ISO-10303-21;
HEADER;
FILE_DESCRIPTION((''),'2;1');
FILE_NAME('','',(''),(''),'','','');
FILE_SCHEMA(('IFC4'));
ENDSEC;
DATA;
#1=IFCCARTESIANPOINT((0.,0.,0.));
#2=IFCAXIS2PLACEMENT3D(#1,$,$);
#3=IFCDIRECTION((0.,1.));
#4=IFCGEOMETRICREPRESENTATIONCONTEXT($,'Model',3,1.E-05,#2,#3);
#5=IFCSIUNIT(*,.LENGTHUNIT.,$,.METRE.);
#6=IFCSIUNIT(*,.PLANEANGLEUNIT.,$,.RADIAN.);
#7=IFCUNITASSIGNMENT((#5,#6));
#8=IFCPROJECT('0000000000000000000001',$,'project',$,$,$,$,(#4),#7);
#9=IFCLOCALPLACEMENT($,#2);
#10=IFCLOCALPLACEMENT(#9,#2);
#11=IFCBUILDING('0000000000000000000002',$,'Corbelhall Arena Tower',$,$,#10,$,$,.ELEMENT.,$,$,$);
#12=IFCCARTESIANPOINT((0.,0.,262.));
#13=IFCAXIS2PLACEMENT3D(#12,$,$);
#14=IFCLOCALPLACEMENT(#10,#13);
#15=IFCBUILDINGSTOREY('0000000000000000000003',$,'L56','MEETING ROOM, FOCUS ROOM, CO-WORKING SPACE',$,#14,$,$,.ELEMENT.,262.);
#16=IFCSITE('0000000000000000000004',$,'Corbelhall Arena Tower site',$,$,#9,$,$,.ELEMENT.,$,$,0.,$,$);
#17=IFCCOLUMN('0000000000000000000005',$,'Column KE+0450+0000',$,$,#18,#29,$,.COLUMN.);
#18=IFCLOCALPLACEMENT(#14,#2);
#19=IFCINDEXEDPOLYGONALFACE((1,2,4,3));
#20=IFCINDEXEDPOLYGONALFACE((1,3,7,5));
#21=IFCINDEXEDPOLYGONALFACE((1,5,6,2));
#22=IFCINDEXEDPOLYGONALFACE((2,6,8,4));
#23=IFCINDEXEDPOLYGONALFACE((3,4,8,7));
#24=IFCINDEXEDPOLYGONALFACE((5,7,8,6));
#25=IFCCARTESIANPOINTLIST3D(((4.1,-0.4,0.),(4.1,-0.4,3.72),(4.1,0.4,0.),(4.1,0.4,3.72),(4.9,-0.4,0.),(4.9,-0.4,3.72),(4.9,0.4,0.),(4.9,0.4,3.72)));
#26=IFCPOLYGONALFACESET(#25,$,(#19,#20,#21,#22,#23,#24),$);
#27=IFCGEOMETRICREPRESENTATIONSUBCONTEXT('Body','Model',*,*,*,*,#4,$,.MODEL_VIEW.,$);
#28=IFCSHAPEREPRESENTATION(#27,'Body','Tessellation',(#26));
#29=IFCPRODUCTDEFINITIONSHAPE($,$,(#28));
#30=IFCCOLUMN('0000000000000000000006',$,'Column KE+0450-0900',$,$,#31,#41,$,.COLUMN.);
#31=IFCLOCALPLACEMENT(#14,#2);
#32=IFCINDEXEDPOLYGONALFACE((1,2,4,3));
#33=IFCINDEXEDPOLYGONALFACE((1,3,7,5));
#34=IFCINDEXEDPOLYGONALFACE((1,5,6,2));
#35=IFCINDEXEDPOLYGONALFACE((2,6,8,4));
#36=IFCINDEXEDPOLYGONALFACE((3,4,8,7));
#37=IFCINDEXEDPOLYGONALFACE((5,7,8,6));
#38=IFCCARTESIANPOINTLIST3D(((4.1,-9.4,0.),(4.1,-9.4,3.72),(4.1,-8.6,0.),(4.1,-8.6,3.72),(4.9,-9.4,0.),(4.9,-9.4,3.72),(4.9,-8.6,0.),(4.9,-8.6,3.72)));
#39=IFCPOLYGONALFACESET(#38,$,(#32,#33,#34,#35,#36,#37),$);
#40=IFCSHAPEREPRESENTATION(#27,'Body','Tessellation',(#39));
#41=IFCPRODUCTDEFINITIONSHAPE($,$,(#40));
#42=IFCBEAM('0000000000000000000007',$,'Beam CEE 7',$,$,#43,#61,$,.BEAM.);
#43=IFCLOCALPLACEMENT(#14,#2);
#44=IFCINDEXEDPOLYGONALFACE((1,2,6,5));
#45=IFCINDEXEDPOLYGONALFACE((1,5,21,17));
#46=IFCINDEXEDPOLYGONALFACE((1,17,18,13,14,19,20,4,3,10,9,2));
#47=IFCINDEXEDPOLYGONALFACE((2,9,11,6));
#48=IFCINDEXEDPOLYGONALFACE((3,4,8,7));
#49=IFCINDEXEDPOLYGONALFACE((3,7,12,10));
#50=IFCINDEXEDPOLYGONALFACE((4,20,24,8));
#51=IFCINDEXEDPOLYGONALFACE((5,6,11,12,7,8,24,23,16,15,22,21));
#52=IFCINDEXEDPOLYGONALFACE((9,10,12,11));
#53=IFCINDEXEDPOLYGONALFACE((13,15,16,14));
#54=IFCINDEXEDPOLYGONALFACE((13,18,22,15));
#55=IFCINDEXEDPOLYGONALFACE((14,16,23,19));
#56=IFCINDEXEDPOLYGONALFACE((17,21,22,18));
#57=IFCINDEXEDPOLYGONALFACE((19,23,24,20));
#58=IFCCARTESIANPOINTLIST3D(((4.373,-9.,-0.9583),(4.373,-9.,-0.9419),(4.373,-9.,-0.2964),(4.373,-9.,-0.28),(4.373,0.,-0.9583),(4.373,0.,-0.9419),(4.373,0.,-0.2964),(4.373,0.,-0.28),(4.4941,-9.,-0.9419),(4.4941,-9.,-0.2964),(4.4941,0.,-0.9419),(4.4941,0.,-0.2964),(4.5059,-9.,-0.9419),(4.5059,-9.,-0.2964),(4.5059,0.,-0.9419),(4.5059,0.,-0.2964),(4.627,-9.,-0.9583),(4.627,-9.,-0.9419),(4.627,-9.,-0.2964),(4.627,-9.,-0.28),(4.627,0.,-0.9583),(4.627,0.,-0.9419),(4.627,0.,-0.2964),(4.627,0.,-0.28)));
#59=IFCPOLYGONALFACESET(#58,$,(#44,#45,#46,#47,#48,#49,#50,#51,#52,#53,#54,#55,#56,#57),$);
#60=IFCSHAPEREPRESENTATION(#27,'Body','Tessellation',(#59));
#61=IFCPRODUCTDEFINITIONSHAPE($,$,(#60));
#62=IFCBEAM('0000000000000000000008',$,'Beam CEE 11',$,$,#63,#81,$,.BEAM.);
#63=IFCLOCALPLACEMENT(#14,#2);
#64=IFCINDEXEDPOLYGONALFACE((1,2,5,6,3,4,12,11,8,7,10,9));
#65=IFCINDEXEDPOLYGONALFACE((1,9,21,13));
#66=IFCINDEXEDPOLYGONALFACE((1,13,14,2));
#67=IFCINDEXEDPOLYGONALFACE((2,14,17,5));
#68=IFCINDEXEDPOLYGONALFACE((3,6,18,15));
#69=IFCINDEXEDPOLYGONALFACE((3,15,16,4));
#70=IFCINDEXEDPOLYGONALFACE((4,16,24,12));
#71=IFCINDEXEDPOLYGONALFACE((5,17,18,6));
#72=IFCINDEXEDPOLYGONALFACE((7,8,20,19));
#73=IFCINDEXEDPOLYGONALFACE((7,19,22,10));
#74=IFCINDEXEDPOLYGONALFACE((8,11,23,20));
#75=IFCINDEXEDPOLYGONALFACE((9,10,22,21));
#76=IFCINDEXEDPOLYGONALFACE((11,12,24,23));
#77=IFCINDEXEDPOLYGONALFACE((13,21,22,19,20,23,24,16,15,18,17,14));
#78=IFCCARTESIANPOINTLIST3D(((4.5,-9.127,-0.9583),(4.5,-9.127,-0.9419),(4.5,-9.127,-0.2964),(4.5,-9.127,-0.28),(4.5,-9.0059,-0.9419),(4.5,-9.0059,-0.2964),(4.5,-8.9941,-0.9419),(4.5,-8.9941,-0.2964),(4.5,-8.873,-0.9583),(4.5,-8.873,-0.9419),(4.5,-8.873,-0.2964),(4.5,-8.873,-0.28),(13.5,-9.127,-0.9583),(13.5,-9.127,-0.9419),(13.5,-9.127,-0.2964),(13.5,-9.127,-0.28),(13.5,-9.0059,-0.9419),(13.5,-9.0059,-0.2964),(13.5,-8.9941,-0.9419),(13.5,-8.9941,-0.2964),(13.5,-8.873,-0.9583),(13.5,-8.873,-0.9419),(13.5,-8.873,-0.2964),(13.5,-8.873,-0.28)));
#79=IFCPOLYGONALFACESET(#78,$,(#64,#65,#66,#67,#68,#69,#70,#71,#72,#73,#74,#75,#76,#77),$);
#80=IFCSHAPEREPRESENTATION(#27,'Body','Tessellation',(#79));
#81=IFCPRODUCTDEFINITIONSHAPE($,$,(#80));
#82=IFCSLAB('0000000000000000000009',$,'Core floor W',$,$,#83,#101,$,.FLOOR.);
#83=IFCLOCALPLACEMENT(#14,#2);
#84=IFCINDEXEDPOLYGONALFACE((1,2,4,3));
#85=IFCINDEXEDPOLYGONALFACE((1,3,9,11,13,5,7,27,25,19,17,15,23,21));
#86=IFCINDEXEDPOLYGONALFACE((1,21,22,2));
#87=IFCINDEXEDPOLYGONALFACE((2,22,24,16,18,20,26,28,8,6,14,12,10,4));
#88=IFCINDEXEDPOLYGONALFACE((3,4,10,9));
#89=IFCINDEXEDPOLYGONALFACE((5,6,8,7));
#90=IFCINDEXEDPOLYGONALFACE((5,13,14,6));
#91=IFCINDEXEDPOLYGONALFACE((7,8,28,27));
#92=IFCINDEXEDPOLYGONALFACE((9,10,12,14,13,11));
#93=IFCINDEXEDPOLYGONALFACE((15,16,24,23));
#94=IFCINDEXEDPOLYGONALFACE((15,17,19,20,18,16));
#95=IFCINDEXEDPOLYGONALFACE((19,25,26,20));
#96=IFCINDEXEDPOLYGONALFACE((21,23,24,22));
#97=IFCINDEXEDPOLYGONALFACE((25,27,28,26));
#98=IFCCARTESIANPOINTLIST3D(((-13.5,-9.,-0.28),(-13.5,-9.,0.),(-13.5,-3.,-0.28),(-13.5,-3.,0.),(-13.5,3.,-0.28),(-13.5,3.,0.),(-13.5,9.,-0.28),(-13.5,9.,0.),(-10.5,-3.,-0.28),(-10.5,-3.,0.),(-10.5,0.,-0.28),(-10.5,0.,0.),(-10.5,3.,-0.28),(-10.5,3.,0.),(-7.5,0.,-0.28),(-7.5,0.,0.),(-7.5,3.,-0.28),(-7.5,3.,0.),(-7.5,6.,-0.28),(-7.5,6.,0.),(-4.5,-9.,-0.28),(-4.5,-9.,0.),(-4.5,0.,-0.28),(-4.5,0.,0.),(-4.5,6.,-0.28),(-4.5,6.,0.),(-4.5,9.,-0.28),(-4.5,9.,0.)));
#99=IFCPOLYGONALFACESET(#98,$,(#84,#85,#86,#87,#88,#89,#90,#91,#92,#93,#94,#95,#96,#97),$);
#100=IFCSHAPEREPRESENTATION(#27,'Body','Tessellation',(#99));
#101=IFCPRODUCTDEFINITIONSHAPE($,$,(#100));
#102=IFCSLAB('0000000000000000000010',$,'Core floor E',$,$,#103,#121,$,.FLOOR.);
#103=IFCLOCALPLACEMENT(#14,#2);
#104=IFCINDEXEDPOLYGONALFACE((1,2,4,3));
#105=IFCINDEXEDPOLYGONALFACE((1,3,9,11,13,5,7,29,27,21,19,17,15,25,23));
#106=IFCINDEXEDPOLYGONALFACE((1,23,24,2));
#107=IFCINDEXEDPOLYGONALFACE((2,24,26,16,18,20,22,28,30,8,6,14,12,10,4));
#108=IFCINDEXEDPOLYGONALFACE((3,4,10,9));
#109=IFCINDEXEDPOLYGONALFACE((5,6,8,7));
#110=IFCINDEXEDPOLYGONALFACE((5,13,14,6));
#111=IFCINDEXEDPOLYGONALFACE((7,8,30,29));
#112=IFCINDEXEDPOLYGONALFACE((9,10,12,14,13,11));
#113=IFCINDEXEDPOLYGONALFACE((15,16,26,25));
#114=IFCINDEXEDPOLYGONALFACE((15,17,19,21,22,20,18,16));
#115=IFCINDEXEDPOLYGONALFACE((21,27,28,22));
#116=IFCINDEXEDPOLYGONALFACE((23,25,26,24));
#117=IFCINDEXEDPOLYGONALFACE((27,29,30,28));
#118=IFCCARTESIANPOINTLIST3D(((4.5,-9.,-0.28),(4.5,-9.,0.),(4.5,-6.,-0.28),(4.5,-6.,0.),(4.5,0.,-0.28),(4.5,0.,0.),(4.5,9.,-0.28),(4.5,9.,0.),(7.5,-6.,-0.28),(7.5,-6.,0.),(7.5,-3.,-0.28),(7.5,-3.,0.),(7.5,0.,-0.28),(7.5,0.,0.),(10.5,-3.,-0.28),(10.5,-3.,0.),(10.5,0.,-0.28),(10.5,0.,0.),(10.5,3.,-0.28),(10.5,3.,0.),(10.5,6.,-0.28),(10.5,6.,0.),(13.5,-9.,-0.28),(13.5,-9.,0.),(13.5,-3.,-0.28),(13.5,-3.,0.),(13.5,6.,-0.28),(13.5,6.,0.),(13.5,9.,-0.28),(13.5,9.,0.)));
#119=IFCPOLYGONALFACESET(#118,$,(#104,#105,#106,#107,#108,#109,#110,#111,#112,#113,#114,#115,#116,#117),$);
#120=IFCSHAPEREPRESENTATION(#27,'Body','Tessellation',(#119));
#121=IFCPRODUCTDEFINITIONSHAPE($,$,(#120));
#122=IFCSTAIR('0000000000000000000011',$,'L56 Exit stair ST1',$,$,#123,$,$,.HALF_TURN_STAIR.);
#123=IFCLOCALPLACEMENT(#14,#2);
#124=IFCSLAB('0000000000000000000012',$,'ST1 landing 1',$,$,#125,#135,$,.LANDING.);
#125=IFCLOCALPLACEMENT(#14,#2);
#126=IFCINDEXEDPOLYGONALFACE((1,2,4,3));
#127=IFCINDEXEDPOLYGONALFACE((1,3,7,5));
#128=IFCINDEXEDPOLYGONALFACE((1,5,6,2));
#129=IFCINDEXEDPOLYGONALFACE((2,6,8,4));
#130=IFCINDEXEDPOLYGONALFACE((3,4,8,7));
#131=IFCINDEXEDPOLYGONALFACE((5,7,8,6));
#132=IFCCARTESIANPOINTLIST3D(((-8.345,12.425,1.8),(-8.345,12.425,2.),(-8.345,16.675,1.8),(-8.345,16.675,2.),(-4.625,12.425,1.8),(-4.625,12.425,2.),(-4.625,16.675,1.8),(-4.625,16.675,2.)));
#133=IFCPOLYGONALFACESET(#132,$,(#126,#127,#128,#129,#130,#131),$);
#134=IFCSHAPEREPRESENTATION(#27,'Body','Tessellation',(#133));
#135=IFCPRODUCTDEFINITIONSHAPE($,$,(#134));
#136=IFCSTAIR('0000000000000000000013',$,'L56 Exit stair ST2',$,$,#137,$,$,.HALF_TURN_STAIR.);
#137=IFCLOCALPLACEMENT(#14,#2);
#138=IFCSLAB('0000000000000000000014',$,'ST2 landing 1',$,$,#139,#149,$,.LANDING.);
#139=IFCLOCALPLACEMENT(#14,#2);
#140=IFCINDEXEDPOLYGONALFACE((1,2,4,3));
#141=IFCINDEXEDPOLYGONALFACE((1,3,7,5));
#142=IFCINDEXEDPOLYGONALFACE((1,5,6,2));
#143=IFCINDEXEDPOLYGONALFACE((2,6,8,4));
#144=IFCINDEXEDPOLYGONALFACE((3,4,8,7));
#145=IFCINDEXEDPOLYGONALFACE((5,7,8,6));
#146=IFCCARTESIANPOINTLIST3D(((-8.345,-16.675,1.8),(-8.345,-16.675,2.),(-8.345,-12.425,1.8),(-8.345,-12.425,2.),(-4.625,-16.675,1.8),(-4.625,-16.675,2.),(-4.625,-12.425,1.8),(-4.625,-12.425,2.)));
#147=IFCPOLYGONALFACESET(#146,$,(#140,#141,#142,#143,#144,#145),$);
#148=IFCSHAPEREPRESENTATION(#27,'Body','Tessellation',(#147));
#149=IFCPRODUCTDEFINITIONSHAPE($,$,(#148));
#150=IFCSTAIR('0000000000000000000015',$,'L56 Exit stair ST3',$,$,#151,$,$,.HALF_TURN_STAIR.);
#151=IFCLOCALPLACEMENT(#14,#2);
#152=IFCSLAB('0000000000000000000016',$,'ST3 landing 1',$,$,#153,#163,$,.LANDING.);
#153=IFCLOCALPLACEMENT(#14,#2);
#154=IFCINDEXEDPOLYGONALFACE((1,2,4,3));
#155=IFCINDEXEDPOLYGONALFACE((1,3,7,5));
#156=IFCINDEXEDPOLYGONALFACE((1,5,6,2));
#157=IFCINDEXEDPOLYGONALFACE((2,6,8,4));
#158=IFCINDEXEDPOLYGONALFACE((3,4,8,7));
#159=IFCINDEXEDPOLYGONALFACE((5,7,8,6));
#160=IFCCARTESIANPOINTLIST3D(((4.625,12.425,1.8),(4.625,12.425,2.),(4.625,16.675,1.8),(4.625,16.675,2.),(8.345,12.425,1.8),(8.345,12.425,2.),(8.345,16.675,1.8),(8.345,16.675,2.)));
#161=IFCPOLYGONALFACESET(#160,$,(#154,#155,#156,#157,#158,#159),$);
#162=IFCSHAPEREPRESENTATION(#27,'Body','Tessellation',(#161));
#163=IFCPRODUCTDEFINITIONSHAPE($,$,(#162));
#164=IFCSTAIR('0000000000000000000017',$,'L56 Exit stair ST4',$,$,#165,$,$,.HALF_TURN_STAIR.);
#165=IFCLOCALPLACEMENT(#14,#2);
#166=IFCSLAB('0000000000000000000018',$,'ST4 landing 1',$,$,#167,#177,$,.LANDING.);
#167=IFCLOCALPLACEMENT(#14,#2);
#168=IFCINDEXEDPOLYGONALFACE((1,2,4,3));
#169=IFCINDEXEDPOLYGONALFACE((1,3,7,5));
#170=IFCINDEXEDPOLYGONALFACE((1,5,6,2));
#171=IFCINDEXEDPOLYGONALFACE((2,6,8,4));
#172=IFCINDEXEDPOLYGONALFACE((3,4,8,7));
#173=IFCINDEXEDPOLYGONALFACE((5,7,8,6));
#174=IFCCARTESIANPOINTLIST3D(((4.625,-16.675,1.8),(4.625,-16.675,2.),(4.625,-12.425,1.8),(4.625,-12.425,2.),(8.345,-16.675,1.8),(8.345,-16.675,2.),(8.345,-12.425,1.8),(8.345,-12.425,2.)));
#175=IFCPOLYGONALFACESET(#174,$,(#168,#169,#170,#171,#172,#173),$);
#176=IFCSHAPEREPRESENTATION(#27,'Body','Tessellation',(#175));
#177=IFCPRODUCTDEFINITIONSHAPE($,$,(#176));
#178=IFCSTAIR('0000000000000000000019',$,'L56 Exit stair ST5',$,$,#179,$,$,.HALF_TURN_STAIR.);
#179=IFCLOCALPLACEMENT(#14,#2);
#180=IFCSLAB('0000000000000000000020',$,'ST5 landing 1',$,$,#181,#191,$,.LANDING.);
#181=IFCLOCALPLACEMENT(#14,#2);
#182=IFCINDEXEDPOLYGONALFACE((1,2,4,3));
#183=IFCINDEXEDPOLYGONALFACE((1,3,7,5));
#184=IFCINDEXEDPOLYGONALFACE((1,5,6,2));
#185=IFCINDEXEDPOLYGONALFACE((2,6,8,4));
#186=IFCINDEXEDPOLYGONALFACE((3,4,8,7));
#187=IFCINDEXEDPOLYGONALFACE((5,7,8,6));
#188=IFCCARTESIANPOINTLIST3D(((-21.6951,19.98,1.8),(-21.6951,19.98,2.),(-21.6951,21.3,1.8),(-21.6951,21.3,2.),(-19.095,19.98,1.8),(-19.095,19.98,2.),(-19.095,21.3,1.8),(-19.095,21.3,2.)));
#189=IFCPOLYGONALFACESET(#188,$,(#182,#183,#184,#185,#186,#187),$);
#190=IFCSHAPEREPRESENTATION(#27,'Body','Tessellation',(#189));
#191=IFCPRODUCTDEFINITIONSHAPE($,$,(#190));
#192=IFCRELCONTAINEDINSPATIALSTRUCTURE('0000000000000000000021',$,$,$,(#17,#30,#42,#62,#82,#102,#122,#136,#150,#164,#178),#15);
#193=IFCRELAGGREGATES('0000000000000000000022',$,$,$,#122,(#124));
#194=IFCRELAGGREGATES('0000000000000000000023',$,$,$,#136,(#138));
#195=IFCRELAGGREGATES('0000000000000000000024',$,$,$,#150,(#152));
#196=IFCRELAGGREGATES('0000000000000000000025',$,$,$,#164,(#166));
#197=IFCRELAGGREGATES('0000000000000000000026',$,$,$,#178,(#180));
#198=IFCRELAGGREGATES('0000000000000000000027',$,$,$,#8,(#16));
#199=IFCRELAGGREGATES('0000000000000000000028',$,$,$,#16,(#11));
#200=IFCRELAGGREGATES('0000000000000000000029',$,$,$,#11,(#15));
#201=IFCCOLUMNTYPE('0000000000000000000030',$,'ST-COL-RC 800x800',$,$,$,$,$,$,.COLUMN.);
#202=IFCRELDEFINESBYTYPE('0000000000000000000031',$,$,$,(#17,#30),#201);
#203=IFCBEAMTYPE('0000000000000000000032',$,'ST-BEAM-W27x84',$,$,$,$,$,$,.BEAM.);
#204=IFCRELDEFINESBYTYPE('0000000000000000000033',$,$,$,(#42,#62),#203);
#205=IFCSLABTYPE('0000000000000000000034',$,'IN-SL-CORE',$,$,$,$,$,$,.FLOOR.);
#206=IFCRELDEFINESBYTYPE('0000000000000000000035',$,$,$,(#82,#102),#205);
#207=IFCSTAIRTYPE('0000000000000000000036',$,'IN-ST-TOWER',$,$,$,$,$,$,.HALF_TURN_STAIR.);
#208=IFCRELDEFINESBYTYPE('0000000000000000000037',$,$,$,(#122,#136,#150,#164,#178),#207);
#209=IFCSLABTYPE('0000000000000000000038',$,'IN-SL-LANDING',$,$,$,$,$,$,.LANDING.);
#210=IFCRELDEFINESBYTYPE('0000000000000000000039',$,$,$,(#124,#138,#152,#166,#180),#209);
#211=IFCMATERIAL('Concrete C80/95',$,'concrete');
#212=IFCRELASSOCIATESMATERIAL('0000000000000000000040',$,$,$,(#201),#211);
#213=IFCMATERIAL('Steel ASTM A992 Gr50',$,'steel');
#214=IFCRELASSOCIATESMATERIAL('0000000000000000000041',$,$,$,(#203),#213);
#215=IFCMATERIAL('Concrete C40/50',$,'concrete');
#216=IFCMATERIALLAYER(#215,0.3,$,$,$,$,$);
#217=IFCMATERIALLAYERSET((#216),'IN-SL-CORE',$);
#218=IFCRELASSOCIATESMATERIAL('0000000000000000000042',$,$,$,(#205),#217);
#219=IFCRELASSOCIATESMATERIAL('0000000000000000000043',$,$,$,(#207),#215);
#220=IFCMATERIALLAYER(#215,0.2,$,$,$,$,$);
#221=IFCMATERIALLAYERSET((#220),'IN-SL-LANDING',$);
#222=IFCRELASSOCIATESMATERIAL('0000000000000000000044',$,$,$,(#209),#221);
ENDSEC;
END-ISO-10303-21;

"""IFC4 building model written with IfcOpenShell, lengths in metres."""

from ifc_helpers import new_model, si_unit, direction, frame, origin, origin_2d, place, context, subcontext, project, spatial, polyline, rectangle, i_section, outline, extrude, material, layer, layer_set, material_profile, profile_set, type_object, element, aggregate, save


model = new_model("IFC4")

# Units and contexts
model_context = context("Model", 3, precision=1e-05, world=origin(), true_north=direction((0.0, 1.0)))
body_context = subcontext(model_context, "Body", "Model", "MODEL_VIEW")
ifc_project = project(units=[si_unit("LENGTHUNIT", "METRE"), si_unit("PLANEANGLEUNIT", "RADIAN")], contexts=[model_context])

# Site, building, storey
site_placement = place(None, origin())
site = spatial("IfcSite", under=ifc_project, at=site_placement, Name="Corbelhall Arena Tower site", CompositionType="ELEMENT", RefElevation=0.0)
building_placement = place(site_placement, origin())
building = spatial("IfcBuilding", under=site, at=building_placement, Name="Corbelhall Arena Tower", CompositionType="ELEMENT")
storey_placement = place(building_placement, frame((0.0, 0.0, 262.0)))
storey = spatial("IfcBuildingStorey", under=building, at=storey_placement, Name="L56", Description="MEETING ROOM, FOCUS ROOM, CO-WORKING SPACE", CompositionType="ELEMENT", Elevation=262.0)

# Columns
ifc_material_1 = material(Name="Concrete C80/95", Category="concrete")
ifc_material_profile_1 = material_profile(ifc_material_1, rectangle(XDim=0.8, YDim=0.8, at=origin_2d()))
ifc_profile_set_1 = profile_set([ifc_material_profile_1], Name="Concrete C80/95")
column_type = type_object("IfcColumnType", Name="ST-COL-RC 800x800", PredefinedType="COLUMN", material=ifc_profile_set_1)
for number, where, z_axis, x_axis, name in (
    (1, (4.5, 0.0, 0.0), (0.0, 0.0, 1.0), (1.0, 0.0, 0.0), "Column KE+0450+0000"),
    (2, (4.5, -9.0, 0.0), (0.0, 0.0, 1.0), (1.0, 0.0, 0.0), "Column KE+0450-0900"),
):
    element("IfcColumn", number, at=place(storey_placement, frame(where, z_axis=z_axis, x_axis=x_axis)), inside=storey, type_object=column_type, Name=name, PredefinedType="COLUMN", context=body_context, shape_type="SweptSolid", body=[
        extrude(rectangle(XDim=0.8, YDim=0.8, at=origin_2d()), origin(), (0.0, 0.0, 1.0), 3.72),
    ])

# Beams
ifc_material_2 = material(Name="Steel ASTM A992 Gr50", Category="steel")
ifc_material_profile_2 = material_profile(ifc_material_2, i_section(OverallWidth=0.2539, OverallDepth=0.6782, WebThickness=0.0117, FlangeThickness=0.0164, at=origin_2d()))
ifc_profile_set_2 = profile_set([ifc_material_profile_2], Name="Steel ASTM A992 Gr50")
beam_type = type_object("IfcBeamType", Name="ST-BEAM-W27x84", PredefinedType="BEAM", material=ifc_profile_set_2)
for number, where, z_axis, x_axis, name in (
    (3, (4.5, -9.0, -0.6191), (0.0, 1.0, 0.0), (-1.0, 0.0, 0.0), "Beam CEE 7"),
    (4, (4.5, -9.0, -0.6191), (1.0, 0.0, 0.0), (0.0, 1.0, 0.0), "Beam CEE 11"),
):
    element("IfcBeam", number, at=place(storey_placement, frame(where, z_axis=z_axis, x_axis=x_axis)), inside=storey, type_object=beam_type, Name=name, PredefinedType="BEAM", context=body_context, shape_type="SweptSolid", body=[
        extrude(i_section(OverallWidth=0.2539, OverallDepth=0.6782, WebThickness=0.0117, FlangeThickness=0.0164, at=origin_2d()), origin(), (0.0, 0.0, 1.0), 9.0),
    ])

# Slabs
ifc_material_3 = material(Name="Concrete C40/50", Category="concrete")
ifc_layer_1 = layer(ifc_material_3, 0.3)
ifc_layer_set_1 = layer_set([ifc_layer_1], Name="IN-SL-CORE")
slab_type_1 = type_object("IfcSlabType", Name="IN-SL-CORE", PredefinedType="FLOOR", material=ifc_layer_set_1)
slab_1_placement = place(storey_placement, frame((0.0, 0.0, -0.28)))
element("IfcSlab", 5, at=slab_1_placement, inside=storey, type_object=slab_type_1, Name="Core floor W", PredefinedType="FLOOR", context=body_context, shape_type="SweptSolid", body=[
    extrude(outline(polyline([(-10.5, -3.0), (-13.5, -3.0), (-13.5, -9.0), (-4.5, -9.0), (-4.5, 0.0), (-7.5, 0.0), (-7.5, 3.0), (-7.5, 6.0), (-4.5, 6.0), (-4.5, 9.0), (-13.5, 9.0), (-13.5, 3.0), (-10.5, 3.0), (-10.5, 0.0), (-10.5, -3.0)])), origin(), (0.0, 0.0, 1.0), 0.28),
])
slab_2_placement = place(storey_placement, frame((0.0, 0.0, -0.28)))
element("IfcSlab", 6, at=slab_2_placement, inside=storey, type_object=slab_type_1, Name="Core floor E", PredefinedType="FLOOR", context=body_context, shape_type="SweptSolid", body=[
    extrude(outline(polyline([(13.5, -3.0), (10.5, -3.0), (10.5, 0.0), (10.5, 3.0), (10.5, 6.0), (13.5, 6.0), (13.5, 9.0), (4.5, 9.0), (4.5, 0.0), (7.5, 0.0), (7.5, -3.0), (7.5, -6.0), (4.5, -6.0), (4.5, -9.0), (13.5, -9.0), (13.5, -3.0)])), origin(), (0.0, 0.0, 1.0), 0.28),
])

# Stairs, slabs
stair_type = type_object("IfcStairType", Name="IN-ST-TOWER", PredefinedType="HALF_TURN_STAIR", material=ifc_material_3)
stair_1_placement = place(storey_placement, origin())
stair_1 = element("IfcStair", 7, at=stair_1_placement, inside=storey, type_object=stair_type, Name="L56 Exit stair ST1", PredefinedType="HALF_TURN_STAIR")
ifc_layer_2 = layer(ifc_material_3, 0.2)
ifc_layer_set_2 = layer_set([ifc_layer_2], Name="IN-SL-LANDING")
slab_type_2 = type_object("IfcSlabType", Name="IN-SL-LANDING", PredefinedType="LANDING", material=ifc_layer_set_2)
slab_3_placement = place(storey_placement, frame((0.0, 0.0, 1.8)))
slab_3 = element("IfcSlab", 8, at=slab_3_placement, type_object=slab_type_2, Name="ST1 landing 1", PredefinedType="LANDING", context=body_context, shape_type="SweptSolid", body=[
    extrude(outline(polyline([(-8.345, 12.425), (-4.625, 12.425), (-4.625, 16.675), (-8.345, 16.675), (-8.345, 12.425)])), origin(), (0.0, 0.0, 1.0), 0.2),
])
aggregate(stair_1, [slab_3])
stair_2_placement = place(storey_placement, origin())
stair_2 = element("IfcStair", 9, at=stair_2_placement, inside=storey, type_object=stair_type, Name="L56 Exit stair ST2", PredefinedType="HALF_TURN_STAIR")
slab_4_placement = place(storey_placement, frame((0.0, 0.0, 1.8)))
slab_4 = element("IfcSlab", 10, at=slab_4_placement, type_object=slab_type_2, Name="ST2 landing 1", PredefinedType="LANDING", context=body_context, shape_type="SweptSolid", body=[
    extrude(outline(polyline([(-8.345, -16.675), (-4.625, -16.675), (-4.625, -12.425), (-8.345, -12.425), (-8.345, -16.675)])), origin(), (0.0, 0.0, 1.0), 0.2),
])
aggregate(stair_2, [slab_4])
stair_3_placement = place(storey_placement, origin())
stair_3 = element("IfcStair", 11, at=stair_3_placement, inside=storey, type_object=stair_type, Name="L56 Exit stair ST3", PredefinedType="HALF_TURN_STAIR")
slab_5_placement = place(storey_placement, frame((0.0, 0.0, 1.8)))
slab_5 = element("IfcSlab", 12, at=slab_5_placement, type_object=slab_type_2, Name="ST3 landing 1", PredefinedType="LANDING", context=body_context, shape_type="SweptSolid", body=[
    extrude(outline(polyline([(8.345, 16.675), (4.625, 16.675), (4.625, 12.425), (8.345, 12.425), (8.345, 16.675)])), origin(), (0.0, 0.0, 1.0), 0.2),
])
aggregate(stair_3, [slab_5])
stair_4_placement = place(storey_placement, origin())
stair_4 = element("IfcStair", 13, at=stair_4_placement, inside=storey, type_object=stair_type, Name="L56 Exit stair ST4", PredefinedType="HALF_TURN_STAIR")
slab_6_placement = place(storey_placement, frame((0.0, 0.0, 1.8)))
slab_6 = element("IfcSlab", 14, at=slab_6_placement, type_object=slab_type_2, Name="ST4 landing 1", PredefinedType="LANDING", context=body_context, shape_type="SweptSolid", body=[
    extrude(outline(polyline([(8.345, -12.425), (4.625, -12.425), (4.625, -16.675), (8.345, -16.675), (8.345, -12.425)])), origin(), (0.0, 0.0, 1.0), 0.2),
])
aggregate(stair_4, [slab_6])
stair_5_placement = place(storey_placement, origin())
stair_5 = element("IfcStair", 15, at=stair_5_placement, inside=storey, type_object=stair_type, Name="L56 Exit stair ST5", PredefinedType="HALF_TURN_STAIR")
slab_7_placement = place(storey_placement, frame((0.0, 0.0, 1.8)))
slab_7 = element("IfcSlab", 16, at=slab_7_placement, type_object=slab_type_2, Name="ST5 landing 1", PredefinedType="LANDING", context=body_context, shape_type="SweptSolid", body=[
    extrude(outline(polyline([(-19.095, 19.98), (-19.095, 21.3), (-21.6951, 21.3), (-21.6951, 19.98), (-19.095, 19.98)])), origin(), (0.0, 0.0, 1.0), 0.2),
])
aggregate(stair_5, [slab_7])

save(model, "model.ifc")
